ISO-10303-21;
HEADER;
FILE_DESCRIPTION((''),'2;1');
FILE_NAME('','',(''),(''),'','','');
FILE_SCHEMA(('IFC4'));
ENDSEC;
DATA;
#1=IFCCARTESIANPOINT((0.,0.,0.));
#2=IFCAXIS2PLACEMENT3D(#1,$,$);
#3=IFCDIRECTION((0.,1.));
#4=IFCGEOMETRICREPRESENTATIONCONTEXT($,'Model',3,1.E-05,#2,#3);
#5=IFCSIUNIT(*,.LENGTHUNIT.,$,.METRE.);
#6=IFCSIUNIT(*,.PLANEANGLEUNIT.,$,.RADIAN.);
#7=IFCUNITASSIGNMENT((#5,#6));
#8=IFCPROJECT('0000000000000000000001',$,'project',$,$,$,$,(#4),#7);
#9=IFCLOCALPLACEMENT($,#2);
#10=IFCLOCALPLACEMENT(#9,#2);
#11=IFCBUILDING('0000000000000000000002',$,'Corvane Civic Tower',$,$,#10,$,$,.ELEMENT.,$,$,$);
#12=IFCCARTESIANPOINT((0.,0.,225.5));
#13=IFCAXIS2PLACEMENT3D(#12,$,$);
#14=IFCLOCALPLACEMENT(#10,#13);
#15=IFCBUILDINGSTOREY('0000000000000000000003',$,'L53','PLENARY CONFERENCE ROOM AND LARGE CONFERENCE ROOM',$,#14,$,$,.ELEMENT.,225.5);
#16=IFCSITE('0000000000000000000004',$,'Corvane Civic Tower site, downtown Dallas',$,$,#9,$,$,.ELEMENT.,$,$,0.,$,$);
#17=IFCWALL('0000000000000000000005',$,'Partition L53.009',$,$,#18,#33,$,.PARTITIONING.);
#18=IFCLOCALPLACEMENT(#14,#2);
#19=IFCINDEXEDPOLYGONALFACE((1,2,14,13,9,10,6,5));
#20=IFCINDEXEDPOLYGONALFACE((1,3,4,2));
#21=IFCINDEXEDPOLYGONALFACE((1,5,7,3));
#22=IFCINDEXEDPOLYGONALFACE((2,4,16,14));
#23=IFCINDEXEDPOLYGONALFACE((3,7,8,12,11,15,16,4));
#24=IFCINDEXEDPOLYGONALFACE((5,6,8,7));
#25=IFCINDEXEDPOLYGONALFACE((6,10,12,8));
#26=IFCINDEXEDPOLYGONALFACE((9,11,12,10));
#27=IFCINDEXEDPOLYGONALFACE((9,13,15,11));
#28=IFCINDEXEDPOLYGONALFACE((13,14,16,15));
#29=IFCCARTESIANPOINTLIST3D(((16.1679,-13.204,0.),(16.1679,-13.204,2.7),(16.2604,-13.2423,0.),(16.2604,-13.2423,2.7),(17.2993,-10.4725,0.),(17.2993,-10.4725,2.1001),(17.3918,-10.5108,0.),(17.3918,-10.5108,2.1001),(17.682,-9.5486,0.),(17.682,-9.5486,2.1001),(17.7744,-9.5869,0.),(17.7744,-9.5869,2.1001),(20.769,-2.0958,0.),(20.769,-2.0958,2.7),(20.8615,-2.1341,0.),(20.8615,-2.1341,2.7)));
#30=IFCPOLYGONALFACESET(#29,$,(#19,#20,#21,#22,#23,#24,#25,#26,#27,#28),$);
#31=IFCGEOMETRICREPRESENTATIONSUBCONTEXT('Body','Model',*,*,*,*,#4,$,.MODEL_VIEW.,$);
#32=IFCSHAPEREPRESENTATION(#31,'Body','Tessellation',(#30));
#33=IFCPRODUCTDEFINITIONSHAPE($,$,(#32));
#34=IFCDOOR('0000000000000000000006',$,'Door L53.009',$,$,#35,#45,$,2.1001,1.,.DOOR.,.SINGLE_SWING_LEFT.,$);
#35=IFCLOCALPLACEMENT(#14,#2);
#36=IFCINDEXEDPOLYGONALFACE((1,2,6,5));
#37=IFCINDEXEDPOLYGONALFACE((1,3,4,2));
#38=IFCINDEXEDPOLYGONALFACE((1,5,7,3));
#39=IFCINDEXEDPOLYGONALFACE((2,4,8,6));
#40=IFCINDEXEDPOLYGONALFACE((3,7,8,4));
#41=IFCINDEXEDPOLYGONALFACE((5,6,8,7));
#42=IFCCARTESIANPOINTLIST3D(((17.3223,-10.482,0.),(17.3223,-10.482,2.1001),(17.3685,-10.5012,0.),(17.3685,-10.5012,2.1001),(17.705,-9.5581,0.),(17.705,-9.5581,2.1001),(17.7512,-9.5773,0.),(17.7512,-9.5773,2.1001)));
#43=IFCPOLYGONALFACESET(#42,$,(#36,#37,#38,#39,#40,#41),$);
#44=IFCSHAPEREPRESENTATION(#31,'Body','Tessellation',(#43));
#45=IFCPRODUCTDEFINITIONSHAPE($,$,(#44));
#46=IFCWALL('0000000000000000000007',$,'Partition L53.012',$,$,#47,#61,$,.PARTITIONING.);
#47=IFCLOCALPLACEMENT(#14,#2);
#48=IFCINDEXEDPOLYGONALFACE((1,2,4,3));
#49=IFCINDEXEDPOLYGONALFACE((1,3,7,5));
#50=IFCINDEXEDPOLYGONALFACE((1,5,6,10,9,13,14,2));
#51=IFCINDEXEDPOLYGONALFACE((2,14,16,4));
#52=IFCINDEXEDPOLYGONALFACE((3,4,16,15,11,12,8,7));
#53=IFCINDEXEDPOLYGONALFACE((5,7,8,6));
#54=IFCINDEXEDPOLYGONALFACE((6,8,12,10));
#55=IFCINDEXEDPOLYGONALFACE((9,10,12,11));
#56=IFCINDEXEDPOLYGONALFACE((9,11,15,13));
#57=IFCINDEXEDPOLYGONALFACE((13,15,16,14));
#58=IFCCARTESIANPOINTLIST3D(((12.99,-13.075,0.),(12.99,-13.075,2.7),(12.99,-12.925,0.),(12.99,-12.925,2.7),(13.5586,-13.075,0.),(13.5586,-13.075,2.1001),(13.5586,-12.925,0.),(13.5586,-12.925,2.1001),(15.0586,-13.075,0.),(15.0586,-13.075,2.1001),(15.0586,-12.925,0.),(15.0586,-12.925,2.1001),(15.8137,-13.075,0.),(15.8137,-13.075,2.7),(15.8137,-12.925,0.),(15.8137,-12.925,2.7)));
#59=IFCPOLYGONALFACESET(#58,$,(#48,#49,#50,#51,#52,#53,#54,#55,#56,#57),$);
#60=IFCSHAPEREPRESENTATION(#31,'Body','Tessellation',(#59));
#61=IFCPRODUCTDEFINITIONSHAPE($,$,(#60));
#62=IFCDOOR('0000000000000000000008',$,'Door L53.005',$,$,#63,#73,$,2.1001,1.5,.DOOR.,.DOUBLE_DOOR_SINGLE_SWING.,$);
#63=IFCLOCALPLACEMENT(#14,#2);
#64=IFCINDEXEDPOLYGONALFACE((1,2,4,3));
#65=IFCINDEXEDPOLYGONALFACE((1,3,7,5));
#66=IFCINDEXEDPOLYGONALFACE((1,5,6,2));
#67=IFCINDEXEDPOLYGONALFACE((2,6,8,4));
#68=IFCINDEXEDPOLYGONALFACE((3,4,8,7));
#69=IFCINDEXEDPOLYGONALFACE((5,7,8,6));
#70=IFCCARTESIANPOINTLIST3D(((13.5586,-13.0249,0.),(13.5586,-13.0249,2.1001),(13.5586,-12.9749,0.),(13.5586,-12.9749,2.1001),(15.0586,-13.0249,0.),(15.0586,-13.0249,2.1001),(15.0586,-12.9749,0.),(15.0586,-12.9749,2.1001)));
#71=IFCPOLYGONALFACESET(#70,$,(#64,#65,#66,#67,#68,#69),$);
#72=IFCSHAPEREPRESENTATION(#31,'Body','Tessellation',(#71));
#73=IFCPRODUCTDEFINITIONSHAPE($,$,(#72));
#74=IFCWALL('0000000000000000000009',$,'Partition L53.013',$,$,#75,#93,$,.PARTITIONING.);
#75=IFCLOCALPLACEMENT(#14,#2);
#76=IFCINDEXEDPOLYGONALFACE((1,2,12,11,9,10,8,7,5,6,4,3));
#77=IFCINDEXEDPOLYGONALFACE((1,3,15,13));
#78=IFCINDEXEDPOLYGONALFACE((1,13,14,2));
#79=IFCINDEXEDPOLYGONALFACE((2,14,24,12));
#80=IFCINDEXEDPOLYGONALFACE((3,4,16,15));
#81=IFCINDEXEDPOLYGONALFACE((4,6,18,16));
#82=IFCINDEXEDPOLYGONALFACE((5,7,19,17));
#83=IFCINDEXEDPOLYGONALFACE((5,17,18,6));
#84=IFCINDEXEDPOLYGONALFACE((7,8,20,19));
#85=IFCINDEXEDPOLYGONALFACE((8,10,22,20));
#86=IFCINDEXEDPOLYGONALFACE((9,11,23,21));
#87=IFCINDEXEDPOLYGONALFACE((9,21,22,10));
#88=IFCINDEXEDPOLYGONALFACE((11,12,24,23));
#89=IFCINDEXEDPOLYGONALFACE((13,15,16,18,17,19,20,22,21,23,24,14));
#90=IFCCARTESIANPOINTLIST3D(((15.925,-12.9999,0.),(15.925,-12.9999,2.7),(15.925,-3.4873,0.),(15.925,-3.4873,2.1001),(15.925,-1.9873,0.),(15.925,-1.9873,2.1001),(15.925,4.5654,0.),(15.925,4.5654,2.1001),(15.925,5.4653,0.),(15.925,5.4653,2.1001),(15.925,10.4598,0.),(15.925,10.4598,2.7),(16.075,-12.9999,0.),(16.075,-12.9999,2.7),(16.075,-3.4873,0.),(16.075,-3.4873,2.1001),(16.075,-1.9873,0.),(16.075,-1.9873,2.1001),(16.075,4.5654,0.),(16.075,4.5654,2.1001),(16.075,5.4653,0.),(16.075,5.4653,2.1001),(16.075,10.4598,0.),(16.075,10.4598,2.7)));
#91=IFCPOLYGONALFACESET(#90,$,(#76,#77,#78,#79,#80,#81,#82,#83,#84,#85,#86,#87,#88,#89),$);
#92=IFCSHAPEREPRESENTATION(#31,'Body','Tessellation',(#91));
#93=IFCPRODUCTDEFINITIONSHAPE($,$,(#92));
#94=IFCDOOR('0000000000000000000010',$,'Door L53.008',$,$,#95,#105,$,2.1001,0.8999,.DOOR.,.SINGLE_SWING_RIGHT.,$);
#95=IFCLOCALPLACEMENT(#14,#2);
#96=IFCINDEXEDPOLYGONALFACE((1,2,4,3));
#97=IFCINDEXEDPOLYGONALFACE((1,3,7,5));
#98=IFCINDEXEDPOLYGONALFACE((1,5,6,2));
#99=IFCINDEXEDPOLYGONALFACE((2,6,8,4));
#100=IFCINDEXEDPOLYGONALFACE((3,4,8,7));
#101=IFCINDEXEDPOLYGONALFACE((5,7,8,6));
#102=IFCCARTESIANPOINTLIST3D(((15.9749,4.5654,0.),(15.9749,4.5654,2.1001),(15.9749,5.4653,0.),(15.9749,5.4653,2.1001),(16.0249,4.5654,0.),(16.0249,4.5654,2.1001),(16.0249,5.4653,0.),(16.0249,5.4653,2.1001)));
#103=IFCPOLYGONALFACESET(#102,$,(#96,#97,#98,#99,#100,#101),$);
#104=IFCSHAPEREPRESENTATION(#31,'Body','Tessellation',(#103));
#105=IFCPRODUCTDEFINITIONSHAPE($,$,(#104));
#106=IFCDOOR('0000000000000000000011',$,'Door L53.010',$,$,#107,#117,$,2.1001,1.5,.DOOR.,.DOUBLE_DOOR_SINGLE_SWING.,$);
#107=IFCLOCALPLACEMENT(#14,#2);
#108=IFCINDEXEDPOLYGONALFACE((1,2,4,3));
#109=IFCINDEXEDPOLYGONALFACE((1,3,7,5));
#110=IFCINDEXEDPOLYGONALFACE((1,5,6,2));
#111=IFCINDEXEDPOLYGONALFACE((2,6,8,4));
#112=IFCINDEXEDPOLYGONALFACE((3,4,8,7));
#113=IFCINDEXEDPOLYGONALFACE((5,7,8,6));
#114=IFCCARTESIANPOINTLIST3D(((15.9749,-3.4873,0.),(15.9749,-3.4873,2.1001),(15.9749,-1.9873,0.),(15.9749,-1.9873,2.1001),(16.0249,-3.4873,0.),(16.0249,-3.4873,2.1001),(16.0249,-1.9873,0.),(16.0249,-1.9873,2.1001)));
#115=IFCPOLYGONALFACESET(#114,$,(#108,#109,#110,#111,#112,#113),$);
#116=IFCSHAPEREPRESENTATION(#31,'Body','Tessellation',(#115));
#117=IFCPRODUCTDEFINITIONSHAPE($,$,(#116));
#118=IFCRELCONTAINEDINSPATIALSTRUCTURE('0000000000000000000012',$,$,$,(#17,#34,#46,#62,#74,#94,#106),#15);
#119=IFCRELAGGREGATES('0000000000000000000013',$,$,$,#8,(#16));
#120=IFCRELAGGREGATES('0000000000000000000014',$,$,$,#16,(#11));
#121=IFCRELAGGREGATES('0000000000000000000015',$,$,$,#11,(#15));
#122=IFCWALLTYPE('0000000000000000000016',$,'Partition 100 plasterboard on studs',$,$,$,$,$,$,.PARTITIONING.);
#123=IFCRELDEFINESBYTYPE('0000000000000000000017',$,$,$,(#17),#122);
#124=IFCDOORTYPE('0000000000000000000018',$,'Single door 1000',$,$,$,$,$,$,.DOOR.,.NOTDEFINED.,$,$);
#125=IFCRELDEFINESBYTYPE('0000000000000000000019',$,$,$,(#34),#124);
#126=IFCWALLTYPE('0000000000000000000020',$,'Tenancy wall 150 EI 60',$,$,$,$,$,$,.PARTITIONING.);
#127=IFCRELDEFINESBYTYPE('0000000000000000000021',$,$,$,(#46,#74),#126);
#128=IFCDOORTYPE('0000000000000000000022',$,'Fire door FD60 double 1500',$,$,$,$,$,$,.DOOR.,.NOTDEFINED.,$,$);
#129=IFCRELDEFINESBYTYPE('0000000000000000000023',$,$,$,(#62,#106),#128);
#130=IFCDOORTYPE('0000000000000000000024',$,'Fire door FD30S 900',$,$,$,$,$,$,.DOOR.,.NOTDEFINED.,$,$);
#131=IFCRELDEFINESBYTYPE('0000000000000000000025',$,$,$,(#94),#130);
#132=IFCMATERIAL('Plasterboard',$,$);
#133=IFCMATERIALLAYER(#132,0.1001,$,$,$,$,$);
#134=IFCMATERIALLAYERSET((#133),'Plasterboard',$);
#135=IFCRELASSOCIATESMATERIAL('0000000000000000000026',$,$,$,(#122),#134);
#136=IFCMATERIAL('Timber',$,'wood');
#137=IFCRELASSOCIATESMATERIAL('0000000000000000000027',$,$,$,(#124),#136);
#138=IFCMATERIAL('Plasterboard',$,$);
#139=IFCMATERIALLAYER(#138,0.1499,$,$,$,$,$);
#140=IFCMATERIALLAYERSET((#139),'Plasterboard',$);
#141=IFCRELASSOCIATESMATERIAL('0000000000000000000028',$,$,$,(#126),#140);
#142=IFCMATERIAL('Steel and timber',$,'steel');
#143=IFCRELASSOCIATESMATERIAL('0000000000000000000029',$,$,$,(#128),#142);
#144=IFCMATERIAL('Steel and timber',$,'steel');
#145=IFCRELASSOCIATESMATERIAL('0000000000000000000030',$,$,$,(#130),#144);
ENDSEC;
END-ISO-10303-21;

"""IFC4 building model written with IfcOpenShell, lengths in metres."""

from ifc_helpers import new_model, si_unit, direction, frame, frame_2d, origin, place, context, subcontext, project, spatial, rectangle, extrude, material, layer, layer_set, type_object, element, fill, save


model = new_model("IFC4")

# Units and contexts
model_context = context("Model", 3, precision=1e-05, world=origin(), true_north=direction((0.0, 1.0)))
body_context = subcontext(model_context, "Body", "Model", "MODEL_VIEW")
ifc_project = project(units=[si_unit("LENGTHUNIT", "METRE"), si_unit("PLANEANGLEUNIT", "RADIAN")], contexts=[model_context])

# Site, building, storey
site_placement = place(None, origin())
site = spatial("IfcSite", under=ifc_project, at=site_placement, Name="Corvane Civic Tower site, downtown Dallas", CompositionType="ELEMENT", RefElevation=0.0)
building_placement = place(site_placement, origin())
building = spatial("IfcBuilding", under=site, at=building_placement, Name="Corvane Civic Tower", CompositionType="ELEMENT")
storey_placement = place(building_placement, frame((0.0, 0.0, 225.5)))
storey = spatial("IfcBuildingStorey", under=building, at=storey_placement, Name="L53", Description="PLENARY CONFERENCE ROOM AND LARGE CONFERENCE ROOM", CompositionType="ELEMENT", Elevation=225.5)

# Shared definitions
ifc_material_1 = material(Name="Plasterboard")
ifc_layer_1 = layer(ifc_material_1, 0.1001)
ifc_layer_set_1 = layer_set([ifc_layer_1], Name="Plasterboard")
wall_type_1 = type_object("IfcWallType", Name="Partition 100 plasterboard on studs", PredefinedType="PARTITIONING", material=ifc_layer_set_1)

# Walls, openings, doors
wall_1_placement = place(storey_placement, frame((16.2141, -13.2231, 0.0), z_axis=(0.0, 0.0, 1.0), x_axis=(0.382678, 0.923882, 0.0)))
wall_1 = element("IfcWall", 1, at=wall_1_placement, inside=storey, type_object=wall_type_1, Name="Partition L53.009", PredefinedType="PARTITIONING", context=body_context, shape_type="SweptSolid", body=[
    extrude(rectangle(XDim=12.0234, YDim=0.1001, at=frame_2d((6.0117, 0.0))), origin(), (0.0, 0.0, 1.0), 2.7),
])
opening_1_placement = place(wall_1_placement, frame((2.9565, 0.0, 0.0)))
opening_1 = element("IfcOpeningElement", 2, at=opening_1_placement, cuts=wall_1, PredefinedType="OPENING", context=body_context, shape_type="SweptSolid", body=[
    extrude(rectangle(XDim=1.0, YDim=2.1001, at=frame_2d((0.5, 1.05))), frame((0.0, 0.0601, 0.0), z_axis=(0.0, -1.0, 0.0), x_axis=(1.0, 0.0, 0.0)), (0.0, 0.0, 1.0), 0.1201),
])
ifc_material_2 = material(Name="Timber", Category="wood")
door_type_1 = type_object("IfcDoorType", Name="Single door 1000", OperationType="NOTDEFINED", PredefinedType="DOOR", material=ifc_material_2)
door_1_placement = place(opening_1_placement, frame((1.0, 0.0, 0.0), z_axis=(0.0, 0.0, 1.0), x_axis=(-1.0, 0.0, 0.0)))
door_1 = element("IfcDoor", 3, at=door_1_placement, inside=storey, type_object=door_type_1, Name="Door L53.009", OperationType="SINGLE_SWING_LEFT", OverallHeight=2.1001, OverallWidth=1.0, PredefinedType="DOOR", context=body_context, shape_type="SweptSolid", body=[
    extrude(rectangle(XDim=1.0, YDim=2.1001, at=frame_2d((0.5, 1.05))), frame((0.0, 0.0249, 0.0), z_axis=(0.0, -1.0, 0.0), x_axis=(1.0, 0.0, 0.0)), (0.0, 0.0, 1.0), 0.05),
])
fill(opening_1, door_1)
ifc_material_3 = material(Name="Plasterboard")
ifc_layer_2 = layer(ifc_material_3, 0.1499)
ifc_layer_set_2 = layer_set([ifc_layer_2], Name="Plasterboard")
wall_type_2 = type_object("IfcWallType", Name="Tenancy wall 150 EI 60", PredefinedType="PARTITIONING", material=ifc_layer_set_2)
wall_2_placement = place(storey_placement, frame((12.99, -13.0, 0.0), z_axis=(0.0, 0.0, 1.0), x_axis=(1.0, 0.0, 0.0)))
wall_2 = element("IfcWall", 4, at=wall_2_placement, inside=storey, type_object=wall_type_2, Name="Partition L53.012", PredefinedType="PARTITIONING", context=body_context, shape_type="SweptSolid", body=[
    extrude(rectangle(XDim=2.8237, YDim=0.1499, at=frame_2d((1.4119, 0.0))), origin(), (0.0, 0.0, 1.0), 2.7),
])
opening_2_placement = place(wall_2_placement, frame((0.5686, 0.0, 0.0)))
opening_2 = element("IfcOpeningElement", 5, at=opening_2_placement, cuts=wall_2, PredefinedType="OPENING", context=body_context, shape_type="SweptSolid", body=[
    extrude(rectangle(XDim=1.5, YDim=2.1001, at=frame_2d((0.75, 1.05))), frame((0.0, 0.085, 0.0), z_axis=(0.0, -1.0, 0.0), x_axis=(1.0, 0.0, 0.0)), (0.0, 0.0, 1.0), 0.1699),
])
ifc_material_4 = material(Name="Steel and timber", Category="steel")
door_type_2 = type_object("IfcDoorType", Name="Fire door FD60 double 1500", OperationType="NOTDEFINED", PredefinedType="DOOR", material=ifc_material_4)
door_2_placement = place(opening_2_placement, frame((1.5, 0.0, 0.0), z_axis=(0.0, 0.0, 1.0), x_axis=(-1.0, 0.0, 0.0)))
door_2 = element("IfcDoor", 6, at=door_2_placement, inside=storey, type_object=door_type_2, Name="Door L53.005", OperationType="DOUBLE_DOOR_SINGLE_SWING", OverallHeight=2.1001, OverallWidth=1.5, PredefinedType="DOOR", context=body_context, shape_type="SweptSolid", body=[
    extrude(rectangle(XDim=1.5, YDim=2.1001, at=frame_2d((0.75, 1.05))), frame((0.0, 0.0249, 0.0), z_axis=(0.0, -1.0, 0.0), x_axis=(1.0, 0.0, 0.0)), (0.0, 0.0, 1.0), 0.05),
])
fill(opening_2, door_2)

# Wall, openings, doors
wall_3_placement = place(storey_placement, frame((16.0, -13.0, 0.0), z_axis=(0.0, 0.0, 1.0), x_axis=(0.0, 1.0, 0.0)))
wall_3 = element("IfcWall", 7, at=wall_3_placement, inside=storey, type_object=wall_type_2, Name="Partition L53.013", PredefinedType="PARTITIONING", context=body_context, shape_type="SweptSolid", body=[
    extrude(rectangle(XDim=23.4597, YDim=0.1499, at=frame_2d((11.73, 0.0))), origin(), (0.0, 0.0, 1.0), 2.7),
])
opening_3_placement = place(wall_3_placement, frame((17.5654, 0.0, 0.0)))
opening_3 = element("IfcOpeningElement", 8, at=opening_3_placement, cuts=wall_3, PredefinedType="OPENING", context=body_context, shape_type="SweptSolid", body=[
    extrude(rectangle(XDim=0.8999, YDim=2.1001, at=frame_2d((0.45, 1.05))), frame((0.0, 0.085, 0.0), z_axis=(0.0, -1.0, 0.0), x_axis=(1.0, 0.0, 0.0)), (0.0, 0.0, 1.0), 0.1699),
])
opening_4_placement = place(wall_3_placement, frame((9.5127, 0.0, 0.0)))
opening_4 = element("IfcOpeningElement", 9, at=opening_4_placement, cuts=wall_3, PredefinedType="OPENING", context=body_context, shape_type="SweptSolid", body=[
    extrude(rectangle(XDim=1.5, YDim=2.1001, at=frame_2d((0.75, 1.05))), frame((0.0, 0.085, 0.0), z_axis=(0.0, -1.0, 0.0), x_axis=(1.0, 0.0, 0.0)), (0.0, 0.0, 1.0), 0.1699),
])
ifc_material_5 = material(Name="Steel and timber", Category="steel")
door_type_3 = type_object("IfcDoorType", Name="Fire door FD30S 900", OperationType="NOTDEFINED", PredefinedType="DOOR", material=ifc_material_5)
door_3_placement = place(opening_3_placement, frame((0.8999, 0.0, 0.0), z_axis=(0.0, 0.0, 1.0), x_axis=(-1.0, 0.0, 0.0)))
door_3 = element("IfcDoor", 10, at=door_3_placement, inside=storey, type_object=door_type_3, Name="Door L53.008", OperationType="SINGLE_SWING_RIGHT", OverallHeight=2.1001, OverallWidth=0.8999, PredefinedType="DOOR", context=body_context, shape_type="SweptSolid", body=[
    extrude(rectangle(XDim=0.8999, YDim=2.1001, at=frame_2d((0.45, 1.05))), frame((0.0, 0.0249, 0.0), z_axis=(0.0, -1.0, 0.0), x_axis=(1.0, 0.0, 0.0)), (0.0, 0.0, 1.0), 0.05),
])
fill(opening_3, door_3)
door_4_placement = place(opening_4_placement, frame((1.5, 0.0, 0.0), z_axis=(0.0, 0.0, 1.0), x_axis=(-1.0, 0.0, 0.0)))
door_4 = element("IfcDoor", 11, at=door_4_placement, inside=storey, type_object=door_type_2, Name="Door L53.010", OperationType="DOUBLE_DOOR_SINGLE_SWING", OverallHeight=2.1001, OverallWidth=1.5, PredefinedType="DOOR", context=body_context, shape_type="SweptSolid", body=[
    extrude(rectangle(XDim=1.5, YDim=2.1001, at=frame_2d((0.75, 1.05))), frame((0.0, 0.0249, 0.0), z_axis=(0.0, -1.0, 0.0), x_axis=(1.0, 0.0, 0.0)), (0.0, 0.0, 1.0), 0.05),
])
fill(opening_4, door_4)

save(model, "model.ifc")
